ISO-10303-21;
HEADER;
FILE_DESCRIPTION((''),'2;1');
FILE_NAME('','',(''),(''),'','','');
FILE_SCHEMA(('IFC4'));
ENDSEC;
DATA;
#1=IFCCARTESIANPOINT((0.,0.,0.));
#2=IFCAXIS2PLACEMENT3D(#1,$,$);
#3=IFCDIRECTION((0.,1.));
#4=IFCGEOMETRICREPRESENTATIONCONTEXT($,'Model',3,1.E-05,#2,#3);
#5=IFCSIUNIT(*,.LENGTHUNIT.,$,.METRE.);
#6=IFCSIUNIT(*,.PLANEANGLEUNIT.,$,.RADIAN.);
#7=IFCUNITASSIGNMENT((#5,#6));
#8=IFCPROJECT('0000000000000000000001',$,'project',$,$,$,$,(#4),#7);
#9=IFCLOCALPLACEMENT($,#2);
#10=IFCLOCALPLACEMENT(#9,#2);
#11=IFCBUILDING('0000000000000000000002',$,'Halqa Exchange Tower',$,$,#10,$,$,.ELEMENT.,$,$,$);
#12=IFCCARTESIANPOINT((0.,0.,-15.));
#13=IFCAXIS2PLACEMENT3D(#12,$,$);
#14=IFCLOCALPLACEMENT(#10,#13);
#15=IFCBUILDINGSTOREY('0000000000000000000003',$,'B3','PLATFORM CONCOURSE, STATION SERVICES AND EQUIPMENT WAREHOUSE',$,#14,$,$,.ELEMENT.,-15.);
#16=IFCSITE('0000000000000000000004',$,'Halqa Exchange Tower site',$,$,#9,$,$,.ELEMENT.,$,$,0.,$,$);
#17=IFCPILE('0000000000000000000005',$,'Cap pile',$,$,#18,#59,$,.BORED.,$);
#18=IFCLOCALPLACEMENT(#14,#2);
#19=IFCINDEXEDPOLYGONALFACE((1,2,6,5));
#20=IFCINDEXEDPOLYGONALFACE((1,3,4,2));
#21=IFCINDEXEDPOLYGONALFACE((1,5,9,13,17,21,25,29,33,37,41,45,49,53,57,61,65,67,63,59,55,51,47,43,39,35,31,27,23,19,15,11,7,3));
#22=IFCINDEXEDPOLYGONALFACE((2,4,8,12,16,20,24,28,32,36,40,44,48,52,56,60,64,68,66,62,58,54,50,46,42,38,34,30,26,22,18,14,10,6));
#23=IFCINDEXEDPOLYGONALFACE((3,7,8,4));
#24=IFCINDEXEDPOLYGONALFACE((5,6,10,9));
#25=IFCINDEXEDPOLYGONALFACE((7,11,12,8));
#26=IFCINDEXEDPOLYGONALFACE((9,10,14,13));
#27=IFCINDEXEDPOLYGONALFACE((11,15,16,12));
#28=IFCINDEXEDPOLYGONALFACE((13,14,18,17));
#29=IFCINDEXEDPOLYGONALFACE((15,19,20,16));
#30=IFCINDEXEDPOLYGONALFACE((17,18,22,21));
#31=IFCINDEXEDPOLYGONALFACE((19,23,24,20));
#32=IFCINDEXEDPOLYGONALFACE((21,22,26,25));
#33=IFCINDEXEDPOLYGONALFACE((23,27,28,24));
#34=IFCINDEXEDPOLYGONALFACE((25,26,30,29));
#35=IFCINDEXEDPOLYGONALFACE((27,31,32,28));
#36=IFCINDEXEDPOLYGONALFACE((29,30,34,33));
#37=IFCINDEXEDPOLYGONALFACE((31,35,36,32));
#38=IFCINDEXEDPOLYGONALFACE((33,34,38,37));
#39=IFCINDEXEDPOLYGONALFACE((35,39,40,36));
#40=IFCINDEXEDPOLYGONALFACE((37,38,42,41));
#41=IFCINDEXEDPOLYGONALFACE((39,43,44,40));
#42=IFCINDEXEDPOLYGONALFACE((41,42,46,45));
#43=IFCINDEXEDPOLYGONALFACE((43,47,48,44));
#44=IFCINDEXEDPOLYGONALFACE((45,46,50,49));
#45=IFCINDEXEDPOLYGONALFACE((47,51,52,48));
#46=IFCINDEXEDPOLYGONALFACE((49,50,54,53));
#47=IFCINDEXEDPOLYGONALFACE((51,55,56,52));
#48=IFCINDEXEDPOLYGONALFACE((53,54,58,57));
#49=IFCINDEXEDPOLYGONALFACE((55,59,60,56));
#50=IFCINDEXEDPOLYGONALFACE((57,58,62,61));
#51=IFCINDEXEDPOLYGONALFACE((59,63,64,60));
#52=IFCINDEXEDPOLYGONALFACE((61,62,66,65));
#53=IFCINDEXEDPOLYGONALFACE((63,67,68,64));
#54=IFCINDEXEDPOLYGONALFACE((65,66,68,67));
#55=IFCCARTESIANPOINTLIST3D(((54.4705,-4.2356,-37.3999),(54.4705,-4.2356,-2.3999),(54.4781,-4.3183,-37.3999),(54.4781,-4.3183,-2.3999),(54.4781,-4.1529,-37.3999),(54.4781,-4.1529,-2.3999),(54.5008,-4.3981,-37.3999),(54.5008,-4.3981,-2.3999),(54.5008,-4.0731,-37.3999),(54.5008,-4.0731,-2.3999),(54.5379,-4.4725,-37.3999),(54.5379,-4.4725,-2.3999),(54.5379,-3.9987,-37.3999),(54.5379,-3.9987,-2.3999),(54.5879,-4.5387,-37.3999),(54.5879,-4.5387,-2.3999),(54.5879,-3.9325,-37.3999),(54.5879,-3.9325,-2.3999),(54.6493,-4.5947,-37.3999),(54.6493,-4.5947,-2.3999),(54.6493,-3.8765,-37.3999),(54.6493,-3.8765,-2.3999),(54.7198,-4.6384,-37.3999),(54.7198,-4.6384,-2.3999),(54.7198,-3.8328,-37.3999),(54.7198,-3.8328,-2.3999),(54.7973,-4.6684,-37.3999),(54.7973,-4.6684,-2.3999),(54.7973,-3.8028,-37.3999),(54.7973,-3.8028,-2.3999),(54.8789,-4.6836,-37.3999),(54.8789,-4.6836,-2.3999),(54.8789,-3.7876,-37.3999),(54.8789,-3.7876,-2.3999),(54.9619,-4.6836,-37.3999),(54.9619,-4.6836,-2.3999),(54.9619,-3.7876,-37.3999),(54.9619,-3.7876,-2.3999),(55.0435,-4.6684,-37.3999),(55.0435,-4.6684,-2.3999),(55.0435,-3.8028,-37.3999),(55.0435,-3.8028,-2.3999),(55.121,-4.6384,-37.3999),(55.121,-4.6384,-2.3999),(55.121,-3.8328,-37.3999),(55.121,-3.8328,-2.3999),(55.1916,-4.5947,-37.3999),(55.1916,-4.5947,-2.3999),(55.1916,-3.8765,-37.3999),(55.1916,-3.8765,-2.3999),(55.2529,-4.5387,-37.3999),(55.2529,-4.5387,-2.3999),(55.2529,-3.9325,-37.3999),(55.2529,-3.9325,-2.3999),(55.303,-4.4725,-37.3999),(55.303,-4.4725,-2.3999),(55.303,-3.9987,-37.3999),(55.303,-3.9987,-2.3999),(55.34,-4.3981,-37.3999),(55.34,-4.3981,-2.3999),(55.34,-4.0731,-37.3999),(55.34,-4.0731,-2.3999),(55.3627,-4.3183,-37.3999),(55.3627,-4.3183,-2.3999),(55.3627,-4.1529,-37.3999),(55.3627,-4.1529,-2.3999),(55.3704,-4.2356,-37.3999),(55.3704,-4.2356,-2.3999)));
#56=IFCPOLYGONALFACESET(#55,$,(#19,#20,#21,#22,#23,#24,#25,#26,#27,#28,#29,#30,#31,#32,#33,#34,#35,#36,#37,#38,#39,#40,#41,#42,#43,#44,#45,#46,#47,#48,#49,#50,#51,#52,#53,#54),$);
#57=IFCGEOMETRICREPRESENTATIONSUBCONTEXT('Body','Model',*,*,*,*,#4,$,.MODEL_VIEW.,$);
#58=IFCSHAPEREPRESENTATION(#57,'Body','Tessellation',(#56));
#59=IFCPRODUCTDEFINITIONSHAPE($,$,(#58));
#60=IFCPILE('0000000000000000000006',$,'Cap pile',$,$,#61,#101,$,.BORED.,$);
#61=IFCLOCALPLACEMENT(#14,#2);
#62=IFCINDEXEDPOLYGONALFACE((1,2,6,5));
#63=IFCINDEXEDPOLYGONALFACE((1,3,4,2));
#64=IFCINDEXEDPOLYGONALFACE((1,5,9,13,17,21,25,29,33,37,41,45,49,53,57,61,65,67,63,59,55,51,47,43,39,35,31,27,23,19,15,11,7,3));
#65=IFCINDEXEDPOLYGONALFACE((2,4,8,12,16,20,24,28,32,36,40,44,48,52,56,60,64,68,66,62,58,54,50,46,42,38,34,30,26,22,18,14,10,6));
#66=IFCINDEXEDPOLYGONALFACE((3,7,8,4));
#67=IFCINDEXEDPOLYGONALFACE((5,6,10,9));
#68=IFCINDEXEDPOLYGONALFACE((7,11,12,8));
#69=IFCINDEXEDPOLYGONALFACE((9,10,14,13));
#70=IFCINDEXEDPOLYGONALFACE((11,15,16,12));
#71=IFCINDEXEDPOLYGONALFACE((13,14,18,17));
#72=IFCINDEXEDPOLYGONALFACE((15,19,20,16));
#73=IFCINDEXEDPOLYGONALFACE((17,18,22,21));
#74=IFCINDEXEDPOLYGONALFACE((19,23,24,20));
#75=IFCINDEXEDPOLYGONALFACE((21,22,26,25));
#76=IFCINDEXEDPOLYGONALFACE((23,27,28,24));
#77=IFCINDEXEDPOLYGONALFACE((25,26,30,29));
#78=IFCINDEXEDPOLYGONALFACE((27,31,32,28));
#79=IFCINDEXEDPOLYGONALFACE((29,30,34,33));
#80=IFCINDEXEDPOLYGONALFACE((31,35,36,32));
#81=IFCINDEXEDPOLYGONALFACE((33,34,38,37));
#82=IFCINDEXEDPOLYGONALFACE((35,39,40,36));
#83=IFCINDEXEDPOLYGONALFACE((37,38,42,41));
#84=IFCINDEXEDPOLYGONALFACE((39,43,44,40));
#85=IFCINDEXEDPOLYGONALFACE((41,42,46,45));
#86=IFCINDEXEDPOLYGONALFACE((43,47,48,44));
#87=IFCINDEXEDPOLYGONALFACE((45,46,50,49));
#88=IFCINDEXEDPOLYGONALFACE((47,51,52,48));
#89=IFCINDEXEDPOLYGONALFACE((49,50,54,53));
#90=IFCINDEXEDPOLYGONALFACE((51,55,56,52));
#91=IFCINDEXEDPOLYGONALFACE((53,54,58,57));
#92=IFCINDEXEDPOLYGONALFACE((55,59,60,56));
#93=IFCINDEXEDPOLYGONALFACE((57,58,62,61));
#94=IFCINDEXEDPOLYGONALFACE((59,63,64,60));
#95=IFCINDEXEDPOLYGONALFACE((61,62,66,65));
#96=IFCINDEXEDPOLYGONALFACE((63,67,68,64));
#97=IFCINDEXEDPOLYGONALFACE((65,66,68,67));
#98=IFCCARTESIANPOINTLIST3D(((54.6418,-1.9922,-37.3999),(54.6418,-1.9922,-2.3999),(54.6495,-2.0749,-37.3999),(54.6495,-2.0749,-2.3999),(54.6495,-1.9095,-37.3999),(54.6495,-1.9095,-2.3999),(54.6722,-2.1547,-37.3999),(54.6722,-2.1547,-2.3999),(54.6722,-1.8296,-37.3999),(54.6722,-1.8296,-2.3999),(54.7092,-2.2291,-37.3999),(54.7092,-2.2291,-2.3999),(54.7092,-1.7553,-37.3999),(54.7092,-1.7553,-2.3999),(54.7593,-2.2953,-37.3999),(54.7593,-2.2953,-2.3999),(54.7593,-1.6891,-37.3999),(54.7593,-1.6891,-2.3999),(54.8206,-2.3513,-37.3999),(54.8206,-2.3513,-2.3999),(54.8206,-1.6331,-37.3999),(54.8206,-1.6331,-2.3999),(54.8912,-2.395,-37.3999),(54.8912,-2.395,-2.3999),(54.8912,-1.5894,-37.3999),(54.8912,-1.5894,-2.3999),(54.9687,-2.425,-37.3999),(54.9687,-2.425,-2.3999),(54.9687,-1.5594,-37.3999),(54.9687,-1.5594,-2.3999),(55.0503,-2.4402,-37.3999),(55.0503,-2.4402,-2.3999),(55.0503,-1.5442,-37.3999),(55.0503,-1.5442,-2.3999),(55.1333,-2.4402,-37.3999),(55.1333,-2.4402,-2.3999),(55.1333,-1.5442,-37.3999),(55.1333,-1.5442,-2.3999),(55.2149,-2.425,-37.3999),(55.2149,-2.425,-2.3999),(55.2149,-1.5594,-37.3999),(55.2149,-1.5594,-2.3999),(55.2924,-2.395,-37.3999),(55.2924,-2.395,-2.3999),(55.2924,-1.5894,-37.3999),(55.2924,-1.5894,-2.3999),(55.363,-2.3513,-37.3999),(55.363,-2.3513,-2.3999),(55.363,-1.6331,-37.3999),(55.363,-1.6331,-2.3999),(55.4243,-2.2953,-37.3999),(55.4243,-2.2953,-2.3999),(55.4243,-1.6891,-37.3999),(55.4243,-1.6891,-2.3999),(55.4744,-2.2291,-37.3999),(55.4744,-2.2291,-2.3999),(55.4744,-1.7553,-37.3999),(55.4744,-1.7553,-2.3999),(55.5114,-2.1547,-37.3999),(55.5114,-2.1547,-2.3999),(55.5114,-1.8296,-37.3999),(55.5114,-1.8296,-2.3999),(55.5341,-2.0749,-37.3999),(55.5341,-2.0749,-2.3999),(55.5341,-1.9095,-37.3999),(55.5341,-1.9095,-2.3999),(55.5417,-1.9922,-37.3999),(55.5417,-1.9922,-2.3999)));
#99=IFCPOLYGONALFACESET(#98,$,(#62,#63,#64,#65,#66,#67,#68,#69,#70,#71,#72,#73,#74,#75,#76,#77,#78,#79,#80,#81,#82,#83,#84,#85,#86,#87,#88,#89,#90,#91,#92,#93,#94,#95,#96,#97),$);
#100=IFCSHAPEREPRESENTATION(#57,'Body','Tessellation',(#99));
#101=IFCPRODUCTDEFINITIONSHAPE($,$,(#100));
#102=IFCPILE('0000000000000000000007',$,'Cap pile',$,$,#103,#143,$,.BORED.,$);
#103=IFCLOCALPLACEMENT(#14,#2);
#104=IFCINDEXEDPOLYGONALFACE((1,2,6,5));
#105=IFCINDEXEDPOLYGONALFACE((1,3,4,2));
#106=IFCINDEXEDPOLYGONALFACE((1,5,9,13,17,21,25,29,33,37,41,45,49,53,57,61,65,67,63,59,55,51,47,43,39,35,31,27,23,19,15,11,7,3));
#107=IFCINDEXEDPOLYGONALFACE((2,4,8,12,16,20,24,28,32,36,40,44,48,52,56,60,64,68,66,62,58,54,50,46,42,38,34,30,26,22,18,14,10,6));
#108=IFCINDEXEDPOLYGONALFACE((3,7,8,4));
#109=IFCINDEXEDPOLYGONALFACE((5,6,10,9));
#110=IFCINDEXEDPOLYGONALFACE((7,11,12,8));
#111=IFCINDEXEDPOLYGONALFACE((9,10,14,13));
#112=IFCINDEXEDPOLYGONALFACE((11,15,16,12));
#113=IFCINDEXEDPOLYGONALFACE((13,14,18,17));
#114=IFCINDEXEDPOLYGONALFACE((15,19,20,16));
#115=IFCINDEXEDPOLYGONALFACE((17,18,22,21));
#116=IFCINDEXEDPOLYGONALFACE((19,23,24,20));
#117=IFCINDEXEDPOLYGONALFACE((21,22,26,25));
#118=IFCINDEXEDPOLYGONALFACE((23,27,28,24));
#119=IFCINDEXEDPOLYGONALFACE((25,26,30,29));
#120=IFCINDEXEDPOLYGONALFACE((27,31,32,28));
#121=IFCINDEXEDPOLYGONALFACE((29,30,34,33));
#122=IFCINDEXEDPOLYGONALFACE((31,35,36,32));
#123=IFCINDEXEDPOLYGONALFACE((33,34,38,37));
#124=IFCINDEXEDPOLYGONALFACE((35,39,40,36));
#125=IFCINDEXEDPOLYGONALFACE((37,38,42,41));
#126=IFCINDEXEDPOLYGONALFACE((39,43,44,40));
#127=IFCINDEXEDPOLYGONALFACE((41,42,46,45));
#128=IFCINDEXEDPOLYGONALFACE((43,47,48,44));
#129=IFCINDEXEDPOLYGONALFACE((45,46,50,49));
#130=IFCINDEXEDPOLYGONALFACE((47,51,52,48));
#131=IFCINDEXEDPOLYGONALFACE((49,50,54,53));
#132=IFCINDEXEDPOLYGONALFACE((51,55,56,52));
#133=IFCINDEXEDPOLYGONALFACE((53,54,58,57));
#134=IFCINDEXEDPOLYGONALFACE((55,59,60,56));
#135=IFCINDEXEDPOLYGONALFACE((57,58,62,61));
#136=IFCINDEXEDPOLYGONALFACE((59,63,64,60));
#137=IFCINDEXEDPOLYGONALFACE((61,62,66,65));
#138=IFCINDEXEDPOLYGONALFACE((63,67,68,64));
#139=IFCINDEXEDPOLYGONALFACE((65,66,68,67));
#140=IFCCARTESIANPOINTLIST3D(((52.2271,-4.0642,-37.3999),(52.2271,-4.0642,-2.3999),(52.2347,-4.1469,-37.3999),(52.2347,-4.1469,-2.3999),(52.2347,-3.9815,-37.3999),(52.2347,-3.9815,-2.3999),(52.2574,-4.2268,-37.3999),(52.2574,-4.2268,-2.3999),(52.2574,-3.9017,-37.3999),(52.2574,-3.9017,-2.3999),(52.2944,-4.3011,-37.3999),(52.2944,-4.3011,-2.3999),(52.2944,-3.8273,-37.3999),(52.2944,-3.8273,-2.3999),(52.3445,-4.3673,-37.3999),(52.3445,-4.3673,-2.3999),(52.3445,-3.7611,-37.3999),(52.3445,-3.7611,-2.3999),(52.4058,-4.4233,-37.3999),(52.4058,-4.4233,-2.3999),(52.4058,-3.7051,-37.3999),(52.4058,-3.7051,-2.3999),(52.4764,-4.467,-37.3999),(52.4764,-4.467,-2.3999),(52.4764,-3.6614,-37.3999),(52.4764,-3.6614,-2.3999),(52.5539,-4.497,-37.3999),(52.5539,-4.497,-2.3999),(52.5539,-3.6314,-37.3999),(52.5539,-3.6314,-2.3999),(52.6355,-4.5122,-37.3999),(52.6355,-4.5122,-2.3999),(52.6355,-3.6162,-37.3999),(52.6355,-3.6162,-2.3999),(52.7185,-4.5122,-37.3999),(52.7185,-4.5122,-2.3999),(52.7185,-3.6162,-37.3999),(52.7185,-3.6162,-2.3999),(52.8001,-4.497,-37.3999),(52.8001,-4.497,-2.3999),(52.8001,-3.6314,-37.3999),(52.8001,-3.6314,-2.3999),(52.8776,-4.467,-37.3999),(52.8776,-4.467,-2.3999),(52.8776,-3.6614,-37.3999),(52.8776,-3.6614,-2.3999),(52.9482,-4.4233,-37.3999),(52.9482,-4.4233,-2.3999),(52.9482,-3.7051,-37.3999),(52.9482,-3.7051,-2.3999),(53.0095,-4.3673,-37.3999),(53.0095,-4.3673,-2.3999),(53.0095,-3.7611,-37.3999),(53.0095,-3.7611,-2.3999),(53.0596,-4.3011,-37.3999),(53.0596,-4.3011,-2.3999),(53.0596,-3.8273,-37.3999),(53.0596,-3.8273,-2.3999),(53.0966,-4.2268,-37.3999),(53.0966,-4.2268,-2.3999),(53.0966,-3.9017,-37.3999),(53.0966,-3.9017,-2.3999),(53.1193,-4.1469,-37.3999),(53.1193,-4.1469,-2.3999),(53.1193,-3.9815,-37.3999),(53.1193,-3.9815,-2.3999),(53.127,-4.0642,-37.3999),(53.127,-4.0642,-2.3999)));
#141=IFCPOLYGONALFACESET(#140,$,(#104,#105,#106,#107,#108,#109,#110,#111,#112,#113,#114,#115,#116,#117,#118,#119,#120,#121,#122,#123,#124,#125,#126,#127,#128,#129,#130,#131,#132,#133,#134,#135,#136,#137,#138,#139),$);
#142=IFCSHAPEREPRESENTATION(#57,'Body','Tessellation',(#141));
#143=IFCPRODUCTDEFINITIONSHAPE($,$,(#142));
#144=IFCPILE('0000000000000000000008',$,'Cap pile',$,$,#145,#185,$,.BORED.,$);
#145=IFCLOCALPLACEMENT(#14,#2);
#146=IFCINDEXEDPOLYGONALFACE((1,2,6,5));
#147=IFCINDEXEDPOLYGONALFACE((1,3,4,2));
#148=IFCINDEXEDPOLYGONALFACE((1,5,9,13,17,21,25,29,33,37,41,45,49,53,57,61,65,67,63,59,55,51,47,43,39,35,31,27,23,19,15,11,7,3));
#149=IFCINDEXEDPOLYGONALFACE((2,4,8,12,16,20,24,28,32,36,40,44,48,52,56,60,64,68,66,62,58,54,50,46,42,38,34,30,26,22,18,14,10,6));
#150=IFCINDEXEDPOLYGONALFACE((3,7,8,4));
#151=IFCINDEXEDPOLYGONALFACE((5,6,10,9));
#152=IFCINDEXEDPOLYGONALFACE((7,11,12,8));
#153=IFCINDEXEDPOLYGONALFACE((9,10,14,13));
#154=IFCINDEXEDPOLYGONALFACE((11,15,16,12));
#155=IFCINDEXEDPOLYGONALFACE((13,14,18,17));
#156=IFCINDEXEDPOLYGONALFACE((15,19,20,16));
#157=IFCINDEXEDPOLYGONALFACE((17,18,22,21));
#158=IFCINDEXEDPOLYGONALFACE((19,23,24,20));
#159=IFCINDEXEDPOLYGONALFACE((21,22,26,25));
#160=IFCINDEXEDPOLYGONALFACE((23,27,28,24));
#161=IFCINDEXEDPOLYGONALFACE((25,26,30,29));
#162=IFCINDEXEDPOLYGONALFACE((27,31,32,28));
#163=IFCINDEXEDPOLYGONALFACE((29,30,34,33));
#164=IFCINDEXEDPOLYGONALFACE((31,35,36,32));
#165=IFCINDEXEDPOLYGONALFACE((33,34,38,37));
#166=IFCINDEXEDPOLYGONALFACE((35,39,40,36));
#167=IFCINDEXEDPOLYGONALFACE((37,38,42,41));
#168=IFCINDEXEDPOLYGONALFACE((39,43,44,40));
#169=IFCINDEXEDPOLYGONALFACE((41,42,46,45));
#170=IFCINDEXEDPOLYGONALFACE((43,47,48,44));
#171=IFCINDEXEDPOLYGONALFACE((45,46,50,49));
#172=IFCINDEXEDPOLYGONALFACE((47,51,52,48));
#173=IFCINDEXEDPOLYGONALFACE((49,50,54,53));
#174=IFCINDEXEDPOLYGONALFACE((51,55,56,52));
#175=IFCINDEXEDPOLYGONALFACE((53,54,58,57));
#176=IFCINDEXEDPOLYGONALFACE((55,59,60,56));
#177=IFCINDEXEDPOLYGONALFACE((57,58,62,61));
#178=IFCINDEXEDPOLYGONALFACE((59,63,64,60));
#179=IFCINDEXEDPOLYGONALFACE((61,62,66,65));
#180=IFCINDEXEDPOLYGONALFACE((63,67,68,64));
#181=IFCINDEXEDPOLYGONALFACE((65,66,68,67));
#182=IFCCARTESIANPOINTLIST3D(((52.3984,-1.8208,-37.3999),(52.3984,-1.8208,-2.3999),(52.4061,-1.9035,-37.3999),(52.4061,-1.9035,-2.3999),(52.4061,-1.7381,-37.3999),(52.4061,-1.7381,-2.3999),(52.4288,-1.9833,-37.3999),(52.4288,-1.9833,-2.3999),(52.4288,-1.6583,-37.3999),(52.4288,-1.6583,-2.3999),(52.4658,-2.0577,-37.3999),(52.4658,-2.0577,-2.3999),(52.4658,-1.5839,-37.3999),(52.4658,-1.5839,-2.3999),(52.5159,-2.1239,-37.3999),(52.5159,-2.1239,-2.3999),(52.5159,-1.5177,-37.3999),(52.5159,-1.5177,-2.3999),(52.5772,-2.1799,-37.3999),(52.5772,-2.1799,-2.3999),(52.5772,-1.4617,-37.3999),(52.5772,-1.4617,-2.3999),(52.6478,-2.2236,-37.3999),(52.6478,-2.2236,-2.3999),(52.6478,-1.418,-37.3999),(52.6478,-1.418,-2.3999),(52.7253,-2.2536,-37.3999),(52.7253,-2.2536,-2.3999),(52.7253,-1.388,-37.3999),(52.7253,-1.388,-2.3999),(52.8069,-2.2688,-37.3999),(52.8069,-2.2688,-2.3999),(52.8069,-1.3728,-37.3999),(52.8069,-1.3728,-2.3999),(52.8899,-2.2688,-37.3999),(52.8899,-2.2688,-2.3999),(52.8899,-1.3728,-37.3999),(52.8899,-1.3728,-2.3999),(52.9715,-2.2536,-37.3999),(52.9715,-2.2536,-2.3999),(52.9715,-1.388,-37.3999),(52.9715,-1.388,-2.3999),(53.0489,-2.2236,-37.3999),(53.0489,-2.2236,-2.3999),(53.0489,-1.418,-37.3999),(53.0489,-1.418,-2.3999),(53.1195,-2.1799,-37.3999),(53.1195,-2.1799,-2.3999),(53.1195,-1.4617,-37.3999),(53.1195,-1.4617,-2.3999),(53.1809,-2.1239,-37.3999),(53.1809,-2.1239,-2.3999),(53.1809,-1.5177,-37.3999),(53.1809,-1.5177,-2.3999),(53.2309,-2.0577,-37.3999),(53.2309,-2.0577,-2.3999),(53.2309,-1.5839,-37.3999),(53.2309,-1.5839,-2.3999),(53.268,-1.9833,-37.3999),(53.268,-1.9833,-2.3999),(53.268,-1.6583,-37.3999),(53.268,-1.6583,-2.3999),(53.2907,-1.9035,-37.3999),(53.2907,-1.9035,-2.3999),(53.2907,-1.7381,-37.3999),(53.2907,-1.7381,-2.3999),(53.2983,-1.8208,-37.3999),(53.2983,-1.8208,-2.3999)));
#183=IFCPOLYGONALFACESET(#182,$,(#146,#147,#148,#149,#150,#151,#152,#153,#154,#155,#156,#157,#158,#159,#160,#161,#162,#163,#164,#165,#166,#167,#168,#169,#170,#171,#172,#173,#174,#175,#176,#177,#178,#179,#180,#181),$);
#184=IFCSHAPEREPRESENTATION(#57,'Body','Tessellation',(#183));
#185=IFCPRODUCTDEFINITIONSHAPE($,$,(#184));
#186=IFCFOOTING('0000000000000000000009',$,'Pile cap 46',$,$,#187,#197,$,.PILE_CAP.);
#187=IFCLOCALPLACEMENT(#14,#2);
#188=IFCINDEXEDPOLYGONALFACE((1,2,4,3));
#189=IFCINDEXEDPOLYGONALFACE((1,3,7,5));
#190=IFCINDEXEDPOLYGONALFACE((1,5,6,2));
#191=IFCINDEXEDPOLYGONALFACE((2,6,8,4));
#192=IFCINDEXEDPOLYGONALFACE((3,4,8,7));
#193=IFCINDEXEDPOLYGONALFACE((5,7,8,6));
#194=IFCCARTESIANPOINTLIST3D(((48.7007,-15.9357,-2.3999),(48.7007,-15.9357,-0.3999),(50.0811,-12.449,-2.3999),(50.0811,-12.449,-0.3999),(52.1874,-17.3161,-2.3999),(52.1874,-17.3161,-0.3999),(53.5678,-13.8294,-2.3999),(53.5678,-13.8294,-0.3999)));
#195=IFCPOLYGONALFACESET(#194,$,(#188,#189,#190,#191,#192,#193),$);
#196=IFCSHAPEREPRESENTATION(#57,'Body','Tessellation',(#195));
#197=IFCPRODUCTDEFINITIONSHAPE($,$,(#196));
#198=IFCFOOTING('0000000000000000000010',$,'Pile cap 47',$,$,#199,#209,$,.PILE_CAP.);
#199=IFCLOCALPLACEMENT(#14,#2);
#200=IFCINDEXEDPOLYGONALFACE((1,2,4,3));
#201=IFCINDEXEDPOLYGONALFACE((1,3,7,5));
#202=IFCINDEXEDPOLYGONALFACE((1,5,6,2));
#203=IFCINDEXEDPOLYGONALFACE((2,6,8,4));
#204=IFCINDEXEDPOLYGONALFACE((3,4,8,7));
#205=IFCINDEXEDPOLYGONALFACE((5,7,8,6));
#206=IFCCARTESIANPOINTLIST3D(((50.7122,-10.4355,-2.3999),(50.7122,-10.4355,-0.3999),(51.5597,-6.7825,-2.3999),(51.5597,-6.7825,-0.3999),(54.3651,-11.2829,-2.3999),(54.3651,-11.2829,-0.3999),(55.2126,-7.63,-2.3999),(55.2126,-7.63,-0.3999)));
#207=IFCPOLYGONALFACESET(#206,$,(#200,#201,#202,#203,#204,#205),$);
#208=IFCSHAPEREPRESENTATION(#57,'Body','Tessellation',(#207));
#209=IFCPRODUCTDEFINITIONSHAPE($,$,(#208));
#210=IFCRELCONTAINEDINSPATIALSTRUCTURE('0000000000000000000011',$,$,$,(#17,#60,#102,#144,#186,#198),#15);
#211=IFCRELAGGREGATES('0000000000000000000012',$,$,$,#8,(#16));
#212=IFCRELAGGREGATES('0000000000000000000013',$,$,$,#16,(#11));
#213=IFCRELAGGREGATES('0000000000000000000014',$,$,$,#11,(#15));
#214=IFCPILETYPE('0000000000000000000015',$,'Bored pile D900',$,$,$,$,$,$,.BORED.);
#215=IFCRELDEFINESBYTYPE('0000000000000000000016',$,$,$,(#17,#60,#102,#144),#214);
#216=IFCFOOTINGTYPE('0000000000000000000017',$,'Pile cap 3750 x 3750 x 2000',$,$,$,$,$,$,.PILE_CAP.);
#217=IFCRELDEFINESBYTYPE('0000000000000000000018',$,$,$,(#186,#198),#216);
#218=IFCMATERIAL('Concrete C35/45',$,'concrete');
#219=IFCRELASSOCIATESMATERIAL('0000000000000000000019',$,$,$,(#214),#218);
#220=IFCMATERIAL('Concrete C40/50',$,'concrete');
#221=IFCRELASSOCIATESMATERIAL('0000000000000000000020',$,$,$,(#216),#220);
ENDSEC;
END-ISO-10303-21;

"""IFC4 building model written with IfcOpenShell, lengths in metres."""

from ifc_helpers import new_model, si_unit, direction, frame, origin, origin_2d, place, context, subcontext, project, spatial, rectangle, circle, extrude, material, material_profile, profile_set, type_object, element, save


model = new_model("IFC4")

# Units and contexts
model_context = context("Model", 3, precision=1e-05, world=origin(), true_north=direction((0.0, 1.0)))
body_context = subcontext(model_context, "Body", "Model", "MODEL_VIEW")
ifc_project = project(units=[si_unit("LENGTHUNIT", "METRE"), si_unit("PLANEANGLEUNIT", "RADIAN")], contexts=[model_context])

# Site, building, storey
site_placement = place(None, origin())
site = spatial("IfcSite", under=ifc_project, at=site_placement, Name="Halqa Exchange Tower site", CompositionType="ELEMENT", RefElevation=0.0)
building_placement = place(site_placement, origin())
building = spatial("IfcBuilding", under=site, at=building_placement, Name="Halqa Exchange Tower", CompositionType="ELEMENT")
storey_placement = place(building_placement, frame((0.0, 0.0, -15.0)))
storey = spatial("IfcBuildingStorey", under=building, at=storey_placement, Name="B3", Description="PLATFORM CONCOURSE, STATION SERVICES AND EQUIPMENT WAREHOUSE", CompositionType="ELEMENT", Elevation=-15.0)

# Piles
ifc_material_1 = material(Name="Concrete C35/45", Category="concrete")
ifc_material_profile_1 = material_profile(ifc_material_1, circle(Radius=0.45, at=origin_2d()), Name="D900")
ifc_profile_set_1 = profile_set([ifc_material_profile_1], Name="Concrete C35/45")
pile_type = type_object("IfcPileType", Name="Bored pile D900", PredefinedType="BORED", material=ifc_profile_set_1)
for number, where, z_axis, x_axis, name in (
    (1, (54.9204, -4.2356, -2.3999), (0.0, 0.0, -1.0), (1.0, 0.0, 0.0), "Cap pile"),
    (2, (55.0918, -1.9922, -2.3999), (0.0, 0.0, -1.0), (1.0, 0.0, 0.0), "Cap pile"),
    (3, (52.677, -4.0642, -2.3999), (0.0, 0.0, -1.0), (1.0, 0.0, 0.0), "Cap pile"),
    (4, (52.8484, -1.8208, -2.3999), (0.0, 0.0, -1.0), (1.0, 0.0, 0.0), "Cap pile"),
):
    element("IfcPile", number, at=place(storey_placement, frame(where, z_axis=z_axis, x_axis=x_axis)), inside=storey, type_object=pile_type, Name=name, PredefinedType="BORED", context=body_context, shape_type="SweptSolid", body=[
        extrude(circle(Radius=0.45, at=origin_2d()), origin(), (0.0, 0.0, 1.0), 35.0),
    ])

# Footings
ifc_material_2 = material(Name="Concrete C40/50", Category="concrete")
footing_type = type_object("IfcFootingType", Name="Pile cap 3750 x 3750 x 2000", PredefinedType="PILE_CAP", material=ifc_material_2)
for number, where, z_axis, x_axis, name in (
    (5, (51.1343, -14.8826, -2.3999), (0.0, 0.0, 1.0), (0.36811, 0.929782, 0.0), "Pile cap 46"),
    (6, (52.9624, -9.0327, -2.3999), (0.0, 0.0, 1.0), (0.225997, 0.974128, 0.0), "Pile cap 47"),
):
    element("IfcFooting", number, at=place(storey_placement, frame(where, z_axis=z_axis, x_axis=x_axis)), inside=storey, type_object=footing_type, Name=name, PredefinedType="PILE_CAP", context=body_context, shape_type="SweptSolid", body=[
        extrude(rectangle(XDim=3.75, YDim=3.75, at=origin_2d()), origin(), (0.0, 0.0, 1.0), 2.0),
    ])

save(model, "model.ifc")
